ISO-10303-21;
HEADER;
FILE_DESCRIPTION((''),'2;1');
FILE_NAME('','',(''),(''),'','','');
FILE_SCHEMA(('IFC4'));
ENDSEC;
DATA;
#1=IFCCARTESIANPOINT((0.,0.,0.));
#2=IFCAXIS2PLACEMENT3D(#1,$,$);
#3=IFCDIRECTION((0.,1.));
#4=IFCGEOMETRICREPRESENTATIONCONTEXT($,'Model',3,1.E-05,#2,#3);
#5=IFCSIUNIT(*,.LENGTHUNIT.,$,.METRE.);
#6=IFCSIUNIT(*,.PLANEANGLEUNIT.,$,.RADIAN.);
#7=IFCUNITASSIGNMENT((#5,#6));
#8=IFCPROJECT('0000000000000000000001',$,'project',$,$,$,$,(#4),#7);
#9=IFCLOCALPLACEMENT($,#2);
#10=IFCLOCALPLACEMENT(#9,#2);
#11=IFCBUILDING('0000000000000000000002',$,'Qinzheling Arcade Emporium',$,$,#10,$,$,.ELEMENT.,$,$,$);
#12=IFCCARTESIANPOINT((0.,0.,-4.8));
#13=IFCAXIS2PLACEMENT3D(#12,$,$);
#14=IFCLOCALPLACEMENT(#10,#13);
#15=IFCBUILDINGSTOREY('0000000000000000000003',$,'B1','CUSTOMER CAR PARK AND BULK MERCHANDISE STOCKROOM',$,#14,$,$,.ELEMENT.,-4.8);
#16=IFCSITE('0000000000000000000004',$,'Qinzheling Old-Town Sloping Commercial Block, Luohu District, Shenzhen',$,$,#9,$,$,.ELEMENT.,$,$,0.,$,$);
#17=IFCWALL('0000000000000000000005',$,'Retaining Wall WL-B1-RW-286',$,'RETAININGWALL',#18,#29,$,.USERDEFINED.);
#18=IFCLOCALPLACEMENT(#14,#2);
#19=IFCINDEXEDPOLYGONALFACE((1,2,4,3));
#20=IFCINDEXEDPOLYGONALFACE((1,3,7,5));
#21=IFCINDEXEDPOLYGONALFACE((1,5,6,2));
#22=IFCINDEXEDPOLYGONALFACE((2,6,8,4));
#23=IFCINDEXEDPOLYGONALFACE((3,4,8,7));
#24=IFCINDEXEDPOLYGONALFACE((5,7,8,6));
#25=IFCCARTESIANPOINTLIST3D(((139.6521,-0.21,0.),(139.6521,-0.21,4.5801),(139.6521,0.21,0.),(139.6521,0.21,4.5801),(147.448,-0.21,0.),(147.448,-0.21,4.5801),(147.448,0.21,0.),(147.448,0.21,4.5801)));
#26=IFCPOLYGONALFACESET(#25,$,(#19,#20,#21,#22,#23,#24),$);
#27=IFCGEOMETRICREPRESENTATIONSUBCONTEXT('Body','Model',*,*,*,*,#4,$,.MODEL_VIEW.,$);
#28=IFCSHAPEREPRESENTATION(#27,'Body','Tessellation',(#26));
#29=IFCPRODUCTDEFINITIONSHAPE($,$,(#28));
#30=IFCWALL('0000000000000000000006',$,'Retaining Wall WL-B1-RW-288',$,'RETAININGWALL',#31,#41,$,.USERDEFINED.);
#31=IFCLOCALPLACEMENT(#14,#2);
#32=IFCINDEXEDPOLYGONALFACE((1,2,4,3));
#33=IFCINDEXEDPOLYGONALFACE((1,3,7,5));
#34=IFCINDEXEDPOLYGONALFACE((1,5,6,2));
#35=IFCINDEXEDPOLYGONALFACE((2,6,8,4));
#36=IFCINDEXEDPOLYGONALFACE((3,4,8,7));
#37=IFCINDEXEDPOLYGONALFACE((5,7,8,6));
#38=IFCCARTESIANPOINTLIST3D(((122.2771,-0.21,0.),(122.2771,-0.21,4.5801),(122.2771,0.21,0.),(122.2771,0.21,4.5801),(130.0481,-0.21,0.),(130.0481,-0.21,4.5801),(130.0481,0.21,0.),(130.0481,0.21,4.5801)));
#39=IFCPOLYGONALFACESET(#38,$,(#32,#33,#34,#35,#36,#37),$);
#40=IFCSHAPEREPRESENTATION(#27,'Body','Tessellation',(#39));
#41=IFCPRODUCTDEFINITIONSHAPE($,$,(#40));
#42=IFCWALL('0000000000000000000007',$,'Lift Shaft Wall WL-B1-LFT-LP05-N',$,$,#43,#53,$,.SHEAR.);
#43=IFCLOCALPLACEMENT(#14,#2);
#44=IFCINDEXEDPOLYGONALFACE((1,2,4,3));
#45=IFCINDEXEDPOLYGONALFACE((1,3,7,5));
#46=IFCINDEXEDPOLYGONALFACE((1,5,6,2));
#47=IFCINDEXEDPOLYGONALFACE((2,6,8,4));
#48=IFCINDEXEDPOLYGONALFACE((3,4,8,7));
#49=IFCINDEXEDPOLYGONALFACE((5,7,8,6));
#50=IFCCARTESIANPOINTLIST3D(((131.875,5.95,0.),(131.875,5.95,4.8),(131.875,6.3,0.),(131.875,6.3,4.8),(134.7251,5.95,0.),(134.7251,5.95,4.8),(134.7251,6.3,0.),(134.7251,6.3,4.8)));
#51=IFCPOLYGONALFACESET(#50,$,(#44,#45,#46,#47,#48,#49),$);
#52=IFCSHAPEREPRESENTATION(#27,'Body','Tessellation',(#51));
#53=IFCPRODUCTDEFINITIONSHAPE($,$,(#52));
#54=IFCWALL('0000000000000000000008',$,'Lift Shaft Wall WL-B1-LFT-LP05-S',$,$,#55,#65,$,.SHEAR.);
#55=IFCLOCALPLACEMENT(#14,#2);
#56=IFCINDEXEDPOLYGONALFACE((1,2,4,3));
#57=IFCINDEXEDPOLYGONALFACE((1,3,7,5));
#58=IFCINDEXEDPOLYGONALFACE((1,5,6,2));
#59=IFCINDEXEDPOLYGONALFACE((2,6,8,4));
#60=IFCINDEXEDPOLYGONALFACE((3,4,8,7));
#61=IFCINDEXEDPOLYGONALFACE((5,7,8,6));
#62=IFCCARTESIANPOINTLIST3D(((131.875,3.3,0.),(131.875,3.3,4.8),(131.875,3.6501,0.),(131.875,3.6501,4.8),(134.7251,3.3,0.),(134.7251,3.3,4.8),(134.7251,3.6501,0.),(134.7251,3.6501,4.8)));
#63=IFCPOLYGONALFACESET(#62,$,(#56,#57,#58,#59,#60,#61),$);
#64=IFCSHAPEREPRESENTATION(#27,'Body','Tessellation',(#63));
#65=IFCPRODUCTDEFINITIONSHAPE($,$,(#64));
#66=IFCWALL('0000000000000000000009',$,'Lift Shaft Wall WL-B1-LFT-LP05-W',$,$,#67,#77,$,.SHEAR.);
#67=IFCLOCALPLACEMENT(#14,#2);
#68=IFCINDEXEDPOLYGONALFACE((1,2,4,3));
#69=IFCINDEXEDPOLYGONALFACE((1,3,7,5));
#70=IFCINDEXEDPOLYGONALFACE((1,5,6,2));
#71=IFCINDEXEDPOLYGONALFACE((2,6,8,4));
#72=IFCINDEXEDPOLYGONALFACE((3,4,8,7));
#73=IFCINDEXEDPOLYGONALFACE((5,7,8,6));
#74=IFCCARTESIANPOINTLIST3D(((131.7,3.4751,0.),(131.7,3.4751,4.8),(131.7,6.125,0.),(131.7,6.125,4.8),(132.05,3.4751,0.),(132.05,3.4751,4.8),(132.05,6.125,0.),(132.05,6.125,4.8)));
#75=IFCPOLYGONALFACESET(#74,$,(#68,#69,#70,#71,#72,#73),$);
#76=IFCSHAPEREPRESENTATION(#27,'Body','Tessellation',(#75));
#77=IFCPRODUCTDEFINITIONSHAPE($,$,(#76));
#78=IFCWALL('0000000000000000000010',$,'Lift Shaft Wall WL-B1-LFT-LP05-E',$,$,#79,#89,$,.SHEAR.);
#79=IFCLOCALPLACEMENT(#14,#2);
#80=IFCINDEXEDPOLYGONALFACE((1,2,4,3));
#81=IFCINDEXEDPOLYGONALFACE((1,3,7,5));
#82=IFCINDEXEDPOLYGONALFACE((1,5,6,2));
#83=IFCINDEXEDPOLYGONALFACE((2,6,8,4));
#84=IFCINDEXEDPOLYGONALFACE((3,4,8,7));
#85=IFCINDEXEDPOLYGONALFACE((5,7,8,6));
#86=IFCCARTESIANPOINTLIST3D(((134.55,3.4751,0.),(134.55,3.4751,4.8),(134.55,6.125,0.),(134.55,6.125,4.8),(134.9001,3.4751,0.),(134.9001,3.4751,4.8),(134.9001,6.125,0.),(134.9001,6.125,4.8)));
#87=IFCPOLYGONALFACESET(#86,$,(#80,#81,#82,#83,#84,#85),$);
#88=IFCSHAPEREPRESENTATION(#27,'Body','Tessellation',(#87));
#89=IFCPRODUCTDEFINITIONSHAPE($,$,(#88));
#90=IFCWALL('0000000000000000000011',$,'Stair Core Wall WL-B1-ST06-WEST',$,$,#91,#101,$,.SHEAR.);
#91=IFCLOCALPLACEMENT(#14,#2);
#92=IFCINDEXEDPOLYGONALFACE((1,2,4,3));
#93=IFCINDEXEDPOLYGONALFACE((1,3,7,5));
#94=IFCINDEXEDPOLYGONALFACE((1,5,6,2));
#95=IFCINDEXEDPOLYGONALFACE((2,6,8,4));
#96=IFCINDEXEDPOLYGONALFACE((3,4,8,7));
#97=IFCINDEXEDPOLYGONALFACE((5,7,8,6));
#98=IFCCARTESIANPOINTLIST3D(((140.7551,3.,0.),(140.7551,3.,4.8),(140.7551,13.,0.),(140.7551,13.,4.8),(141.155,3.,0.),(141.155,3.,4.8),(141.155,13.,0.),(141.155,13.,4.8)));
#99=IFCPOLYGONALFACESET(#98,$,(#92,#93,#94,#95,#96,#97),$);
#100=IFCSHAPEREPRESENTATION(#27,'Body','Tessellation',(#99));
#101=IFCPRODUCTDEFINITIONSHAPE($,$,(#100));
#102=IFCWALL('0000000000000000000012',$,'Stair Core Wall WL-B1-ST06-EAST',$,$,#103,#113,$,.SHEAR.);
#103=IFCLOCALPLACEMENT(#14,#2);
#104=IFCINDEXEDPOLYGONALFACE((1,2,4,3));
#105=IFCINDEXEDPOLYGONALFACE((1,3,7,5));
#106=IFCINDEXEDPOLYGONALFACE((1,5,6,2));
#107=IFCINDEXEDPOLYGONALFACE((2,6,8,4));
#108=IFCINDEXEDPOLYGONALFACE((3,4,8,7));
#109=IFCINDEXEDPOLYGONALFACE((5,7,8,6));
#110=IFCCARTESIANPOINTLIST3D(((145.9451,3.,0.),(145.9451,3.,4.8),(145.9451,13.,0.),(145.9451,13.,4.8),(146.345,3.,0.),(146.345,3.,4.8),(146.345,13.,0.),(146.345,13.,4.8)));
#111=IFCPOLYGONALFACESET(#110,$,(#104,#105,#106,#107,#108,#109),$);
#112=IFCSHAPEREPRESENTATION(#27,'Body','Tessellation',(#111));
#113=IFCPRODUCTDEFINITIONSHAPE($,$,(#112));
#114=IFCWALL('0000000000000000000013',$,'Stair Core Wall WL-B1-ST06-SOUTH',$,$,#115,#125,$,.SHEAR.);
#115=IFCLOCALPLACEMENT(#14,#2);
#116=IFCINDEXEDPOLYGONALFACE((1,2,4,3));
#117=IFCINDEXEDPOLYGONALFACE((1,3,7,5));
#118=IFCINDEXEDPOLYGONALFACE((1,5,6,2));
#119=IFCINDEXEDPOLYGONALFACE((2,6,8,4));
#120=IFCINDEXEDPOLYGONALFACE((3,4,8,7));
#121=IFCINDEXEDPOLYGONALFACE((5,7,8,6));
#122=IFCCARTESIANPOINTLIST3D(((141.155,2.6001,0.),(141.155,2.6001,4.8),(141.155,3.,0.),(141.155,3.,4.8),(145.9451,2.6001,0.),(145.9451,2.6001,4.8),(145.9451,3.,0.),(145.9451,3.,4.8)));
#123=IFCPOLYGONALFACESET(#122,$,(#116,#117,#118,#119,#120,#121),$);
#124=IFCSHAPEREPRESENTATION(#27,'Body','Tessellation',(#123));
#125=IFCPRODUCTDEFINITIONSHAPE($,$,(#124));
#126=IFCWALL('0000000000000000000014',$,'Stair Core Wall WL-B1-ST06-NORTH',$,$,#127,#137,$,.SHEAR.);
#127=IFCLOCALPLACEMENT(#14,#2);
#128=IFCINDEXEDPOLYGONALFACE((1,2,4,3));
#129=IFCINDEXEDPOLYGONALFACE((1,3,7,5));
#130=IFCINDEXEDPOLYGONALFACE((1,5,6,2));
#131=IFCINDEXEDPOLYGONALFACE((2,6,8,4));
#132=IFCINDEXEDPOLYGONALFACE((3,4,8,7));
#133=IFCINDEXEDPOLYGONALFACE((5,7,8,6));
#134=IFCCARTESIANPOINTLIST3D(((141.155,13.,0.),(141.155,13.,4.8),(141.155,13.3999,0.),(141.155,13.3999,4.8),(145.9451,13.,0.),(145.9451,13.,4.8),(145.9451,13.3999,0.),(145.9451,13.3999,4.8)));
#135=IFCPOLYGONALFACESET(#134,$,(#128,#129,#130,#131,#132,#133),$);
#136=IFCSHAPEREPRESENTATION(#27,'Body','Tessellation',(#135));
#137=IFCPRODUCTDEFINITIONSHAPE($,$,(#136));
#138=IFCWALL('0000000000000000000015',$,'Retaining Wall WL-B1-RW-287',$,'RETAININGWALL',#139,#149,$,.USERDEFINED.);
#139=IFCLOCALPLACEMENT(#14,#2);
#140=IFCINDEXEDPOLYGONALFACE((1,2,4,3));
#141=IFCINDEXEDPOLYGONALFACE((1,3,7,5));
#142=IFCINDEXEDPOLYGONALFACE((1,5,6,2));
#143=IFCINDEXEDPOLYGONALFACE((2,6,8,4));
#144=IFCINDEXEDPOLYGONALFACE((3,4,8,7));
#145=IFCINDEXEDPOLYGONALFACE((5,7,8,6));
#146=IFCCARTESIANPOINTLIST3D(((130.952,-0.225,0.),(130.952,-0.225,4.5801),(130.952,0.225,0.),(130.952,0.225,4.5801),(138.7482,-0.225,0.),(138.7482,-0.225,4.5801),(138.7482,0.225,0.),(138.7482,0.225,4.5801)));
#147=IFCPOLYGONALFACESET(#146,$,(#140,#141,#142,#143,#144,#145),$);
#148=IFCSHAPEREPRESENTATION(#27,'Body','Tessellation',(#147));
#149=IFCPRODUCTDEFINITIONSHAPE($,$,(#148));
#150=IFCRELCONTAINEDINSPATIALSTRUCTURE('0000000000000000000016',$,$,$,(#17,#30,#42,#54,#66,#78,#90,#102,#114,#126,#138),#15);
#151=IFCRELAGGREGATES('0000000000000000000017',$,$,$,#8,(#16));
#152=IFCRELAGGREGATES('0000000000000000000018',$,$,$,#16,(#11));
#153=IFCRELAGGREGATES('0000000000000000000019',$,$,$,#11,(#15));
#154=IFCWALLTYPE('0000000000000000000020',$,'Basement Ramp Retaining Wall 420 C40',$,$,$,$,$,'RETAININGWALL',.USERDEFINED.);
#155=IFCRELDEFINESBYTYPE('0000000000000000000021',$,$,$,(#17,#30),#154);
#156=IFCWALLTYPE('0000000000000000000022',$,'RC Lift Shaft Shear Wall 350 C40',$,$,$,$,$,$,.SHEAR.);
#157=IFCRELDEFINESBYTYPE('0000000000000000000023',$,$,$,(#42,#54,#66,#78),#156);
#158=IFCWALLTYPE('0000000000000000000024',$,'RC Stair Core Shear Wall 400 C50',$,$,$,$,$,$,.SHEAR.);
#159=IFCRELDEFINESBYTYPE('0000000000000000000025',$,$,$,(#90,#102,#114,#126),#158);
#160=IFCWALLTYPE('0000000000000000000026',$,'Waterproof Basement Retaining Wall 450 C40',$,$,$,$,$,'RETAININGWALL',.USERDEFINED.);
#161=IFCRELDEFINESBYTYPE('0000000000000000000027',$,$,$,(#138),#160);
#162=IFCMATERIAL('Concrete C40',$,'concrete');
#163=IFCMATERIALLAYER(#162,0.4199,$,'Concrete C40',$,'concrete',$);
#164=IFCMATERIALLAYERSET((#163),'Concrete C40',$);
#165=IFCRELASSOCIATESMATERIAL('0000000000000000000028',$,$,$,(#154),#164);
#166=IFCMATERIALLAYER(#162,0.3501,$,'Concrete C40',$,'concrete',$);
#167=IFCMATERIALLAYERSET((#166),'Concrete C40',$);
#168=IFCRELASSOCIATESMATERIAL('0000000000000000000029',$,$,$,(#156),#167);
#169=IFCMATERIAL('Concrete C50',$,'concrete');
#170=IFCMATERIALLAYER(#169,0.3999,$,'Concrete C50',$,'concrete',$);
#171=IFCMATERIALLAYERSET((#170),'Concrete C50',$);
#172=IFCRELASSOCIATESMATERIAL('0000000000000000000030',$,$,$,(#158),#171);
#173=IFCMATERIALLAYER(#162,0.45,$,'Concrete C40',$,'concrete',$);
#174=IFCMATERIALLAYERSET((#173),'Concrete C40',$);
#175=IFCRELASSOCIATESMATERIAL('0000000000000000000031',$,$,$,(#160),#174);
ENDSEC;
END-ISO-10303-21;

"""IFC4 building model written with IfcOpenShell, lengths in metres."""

from ifc_helpers import new_model, si_unit, direction, frame, frame_2d, origin, place, context, subcontext, project, spatial, rectangle, extrude, material, layer, layer_set, type_object, element, save


model = new_model("IFC4")

# Units and contexts
model_context = context("Model", 3, precision=1e-05, world=origin(), true_north=direction((0.0, 1.0)))
body_context = subcontext(model_context, "Body", "Model", "MODEL_VIEW")
ifc_project = project(units=[si_unit("LENGTHUNIT", "METRE"), si_unit("PLANEANGLEUNIT", "RADIAN")], contexts=[model_context])

# Site, building, storey
site_placement = place(None, origin())
site = spatial("IfcSite", under=ifc_project, at=site_placement, Name="Qinzheling Old-Town Sloping Commercial Block, Luohu District, Shenzhen", CompositionType="ELEMENT", RefElevation=0.0)
building_placement = place(site_placement, origin())
building = spatial("IfcBuilding", under=site, at=building_placement, Name="Qinzheling Arcade Emporium", CompositionType="ELEMENT")
storey_placement = place(building_placement, frame((0.0, 0.0, -4.8)))
storey = spatial("IfcBuildingStorey", under=building, at=storey_placement, Name="B1", Description="CUSTOMER CAR PARK AND BULK MERCHANDISE STOCKROOM", CompositionType="ELEMENT", Elevation=-4.8)

# Shared definitions
ifc_material_1 = material(Name="Concrete C50", Category="concrete")

# Shared definitions
ifc_material_2 = material(Name="Concrete C40", Category="concrete")

# Walls
ifc_layer_1 = layer(ifc_material_2, 0.4199, Name="Concrete C40", Category="concrete")
ifc_layer_set_1 = layer_set([ifc_layer_1], Name="Concrete C40")
wall_type_1 = type_object("IfcWallType", Name="Basement Ramp Retaining Wall 420 C40", ElementType="RETAININGWALL", PredefinedType="USERDEFINED", material=ifc_layer_set_1)
wall_1_placement = place(storey_placement, frame((147.448, 0.0, 0.0), z_axis=(0.0, 0.0, 1.0), x_axis=(-1.0, 0.0, 0.0)))
element("IfcWall", 1, at=wall_1_placement, inside=storey, type_object=wall_type_1, Name="Retaining Wall WL-B1-RW-286", ObjectType="RETAININGWALL", PredefinedType="USERDEFINED", context=body_context, shape_type="SweptSolid", body=[
    extrude(rectangle(XDim=7.7959, YDim=0.4199, at=frame_2d((3.8979, 0.0))), origin(), (0.0, 0.0, 1.0), 4.5801),
])
wall_2_placement = place(storey_placement, frame((130.0481, 0.0, 0.0), z_axis=(0.0, 0.0, 1.0), x_axis=(-1.0, 0.0, 0.0)))
element("IfcWall", 2, at=wall_2_placement, inside=storey, type_object=wall_type_1, Name="Retaining Wall WL-B1-RW-288", ObjectType="RETAININGWALL", PredefinedType="USERDEFINED", context=body_context, shape_type="SweptSolid", body=[
    extrude(rectangle(XDim=7.771, YDim=0.4199, at=frame_2d((3.8855, 0.0))), origin(), (0.0, 0.0, 1.0), 4.5801),
])
ifc_layer_2 = layer(ifc_material_2, 0.3501, Name="Concrete C40", Category="concrete")
ifc_layer_set_2 = layer_set([ifc_layer_2], Name="Concrete C40")
wall_type_2 = type_object("IfcWallType", Name="RC Lift Shaft Shear Wall 350 C40", PredefinedType="SHEAR", material=ifc_layer_set_2)
for number, where, z_axis, x_axis, name in (
    (3, (131.875, 6.125, 0.0), (0.0, 0.0, 1.0), (1.0, 0.0, 0.0), "Lift Shaft Wall WL-B1-LFT-LP05-N"),
    (4, (134.7251, 3.4751, 0.0), (0.0, 0.0, 1.0), (-1.0, 0.0, 0.0), "Lift Shaft Wall WL-B1-LFT-LP05-S"),
):
    element("IfcWall", number, at=place(storey_placement, frame(where, z_axis=z_axis, x_axis=x_axis)), inside=storey, type_object=wall_type_2, Name=name, PredefinedType="SHEAR", context=body_context, shape_type="SweptSolid", body=[
        extrude(rectangle(XDim=2.8501, YDim=0.3501, at=frame_2d((1.425, 0.0))), origin(), (0.0, 0.0, 1.0), 4.8),
    ])
for number, where, z_axis, x_axis, name in (
    (5, (131.875, 3.4751, 0.0), (0.0, 0.0, 1.0), (0.0, 1.0, 0.0), "Lift Shaft Wall WL-B1-LFT-LP05-W"),
    (6, (134.7251, 6.125, 0.0), (0.0, 0.0, 1.0), (0.0, -1.0, 0.0), "Lift Shaft Wall WL-B1-LFT-LP05-E"),
):
    element("IfcWall", number, at=place(storey_placement, frame(where, z_axis=z_axis, x_axis=x_axis)), inside=storey, type_object=wall_type_2, Name=name, PredefinedType="SHEAR", context=body_context, shape_type="SweptSolid", body=[
        extrude(rectangle(XDim=2.6499, YDim=0.3501, at=frame_2d((1.325, 0.0))), origin(), (0.0, 0.0, 1.0), 4.8),
    ])
ifc_layer_3 = layer(ifc_material_1, 0.3999, Name="Concrete C50", Category="concrete")
ifc_layer_set_3 = layer_set([ifc_layer_3], Name="Concrete C50")
wall_type_3 = type_object("IfcWallType", Name="RC Stair Core Shear Wall 400 C50", PredefinedType="SHEAR", material=ifc_layer_set_3)
for number, where, z_axis, x_axis, name in (
    (7, (140.9551, 3.0, 0.0), (0.0, 0.0, 1.0), (0.0, 1.0, 0.0), "Stair Core Wall WL-B1-ST06-WEST"),
    (8, (146.145, 13.0, 0.0), (0.0, 0.0, 1.0), (0.0, -1.0, 0.0), "Stair Core Wall WL-B1-ST06-EAST"),
):
    element("IfcWall", number, at=place(storey_placement, frame(where, z_axis=z_axis, x_axis=x_axis)), inside=storey, type_object=wall_type_3, Name=name, PredefinedType="SHEAR", context=body_context, shape_type="SweptSolid", body=[
        extrude(rectangle(XDim=10.0, YDim=0.3999, at=frame_2d((5.0, 0.0))), origin(), (0.0, 0.0, 1.0), 4.8),
    ])
for number, where, z_axis, x_axis, name in (
    (9, (145.9451, 2.8, 0.0), (0.0, 0.0, 1.0), (-1.0, 0.0, 0.0), "Stair Core Wall WL-B1-ST06-SOUTH"),
    (10, (141.155, 13.2, 0.0), (0.0, 0.0, 1.0), (1.0, 0.0, 0.0), "Stair Core Wall WL-B1-ST06-NORTH"),
):
    element("IfcWall", number, at=place(storey_placement, frame(where, z_axis=z_axis, x_axis=x_axis)), inside=storey, type_object=wall_type_3, Name=name, PredefinedType="SHEAR", context=body_context, shape_type="SweptSolid", body=[
        extrude(rectangle(XDim=4.79, YDim=0.3999, at=frame_2d((2.395, 0.0))), origin(), (0.0, 0.0, 1.0), 4.8),
    ])
ifc_layer_4 = layer(ifc_material_2, 0.45, Name="Concrete C40", Category="concrete")
ifc_layer_set_4 = layer_set([ifc_layer_4], Name="Concrete C40")
wall_type_4 = type_object("IfcWallType", Name="Waterproof Basement Retaining Wall 450 C40", ElementType="RETAININGWALL", PredefinedType="USERDEFINED", material=ifc_layer_set_4)
wall_3_placement = place(storey_placement, frame((138.748, 0.0, 0.0), z_axis=(0.0, 0.0, 1.0), x_axis=(-1.0, 0.0, 0.0)))
element("IfcWall", 11, at=wall_3_placement, inside=storey, type_object=wall_type_4, Name="Retaining Wall WL-B1-RW-287", ObjectType="RETAININGWALL", PredefinedType="USERDEFINED", context=body_context, shape_type="SweptSolid", body=[
    extrude(rectangle(XDim=7.7961, YDim=0.45, at=frame_2d((3.8979, 0.0))), origin(), (0.0, 0.0, 1.0), 4.5801),
])

save(model, "model.ifc")
